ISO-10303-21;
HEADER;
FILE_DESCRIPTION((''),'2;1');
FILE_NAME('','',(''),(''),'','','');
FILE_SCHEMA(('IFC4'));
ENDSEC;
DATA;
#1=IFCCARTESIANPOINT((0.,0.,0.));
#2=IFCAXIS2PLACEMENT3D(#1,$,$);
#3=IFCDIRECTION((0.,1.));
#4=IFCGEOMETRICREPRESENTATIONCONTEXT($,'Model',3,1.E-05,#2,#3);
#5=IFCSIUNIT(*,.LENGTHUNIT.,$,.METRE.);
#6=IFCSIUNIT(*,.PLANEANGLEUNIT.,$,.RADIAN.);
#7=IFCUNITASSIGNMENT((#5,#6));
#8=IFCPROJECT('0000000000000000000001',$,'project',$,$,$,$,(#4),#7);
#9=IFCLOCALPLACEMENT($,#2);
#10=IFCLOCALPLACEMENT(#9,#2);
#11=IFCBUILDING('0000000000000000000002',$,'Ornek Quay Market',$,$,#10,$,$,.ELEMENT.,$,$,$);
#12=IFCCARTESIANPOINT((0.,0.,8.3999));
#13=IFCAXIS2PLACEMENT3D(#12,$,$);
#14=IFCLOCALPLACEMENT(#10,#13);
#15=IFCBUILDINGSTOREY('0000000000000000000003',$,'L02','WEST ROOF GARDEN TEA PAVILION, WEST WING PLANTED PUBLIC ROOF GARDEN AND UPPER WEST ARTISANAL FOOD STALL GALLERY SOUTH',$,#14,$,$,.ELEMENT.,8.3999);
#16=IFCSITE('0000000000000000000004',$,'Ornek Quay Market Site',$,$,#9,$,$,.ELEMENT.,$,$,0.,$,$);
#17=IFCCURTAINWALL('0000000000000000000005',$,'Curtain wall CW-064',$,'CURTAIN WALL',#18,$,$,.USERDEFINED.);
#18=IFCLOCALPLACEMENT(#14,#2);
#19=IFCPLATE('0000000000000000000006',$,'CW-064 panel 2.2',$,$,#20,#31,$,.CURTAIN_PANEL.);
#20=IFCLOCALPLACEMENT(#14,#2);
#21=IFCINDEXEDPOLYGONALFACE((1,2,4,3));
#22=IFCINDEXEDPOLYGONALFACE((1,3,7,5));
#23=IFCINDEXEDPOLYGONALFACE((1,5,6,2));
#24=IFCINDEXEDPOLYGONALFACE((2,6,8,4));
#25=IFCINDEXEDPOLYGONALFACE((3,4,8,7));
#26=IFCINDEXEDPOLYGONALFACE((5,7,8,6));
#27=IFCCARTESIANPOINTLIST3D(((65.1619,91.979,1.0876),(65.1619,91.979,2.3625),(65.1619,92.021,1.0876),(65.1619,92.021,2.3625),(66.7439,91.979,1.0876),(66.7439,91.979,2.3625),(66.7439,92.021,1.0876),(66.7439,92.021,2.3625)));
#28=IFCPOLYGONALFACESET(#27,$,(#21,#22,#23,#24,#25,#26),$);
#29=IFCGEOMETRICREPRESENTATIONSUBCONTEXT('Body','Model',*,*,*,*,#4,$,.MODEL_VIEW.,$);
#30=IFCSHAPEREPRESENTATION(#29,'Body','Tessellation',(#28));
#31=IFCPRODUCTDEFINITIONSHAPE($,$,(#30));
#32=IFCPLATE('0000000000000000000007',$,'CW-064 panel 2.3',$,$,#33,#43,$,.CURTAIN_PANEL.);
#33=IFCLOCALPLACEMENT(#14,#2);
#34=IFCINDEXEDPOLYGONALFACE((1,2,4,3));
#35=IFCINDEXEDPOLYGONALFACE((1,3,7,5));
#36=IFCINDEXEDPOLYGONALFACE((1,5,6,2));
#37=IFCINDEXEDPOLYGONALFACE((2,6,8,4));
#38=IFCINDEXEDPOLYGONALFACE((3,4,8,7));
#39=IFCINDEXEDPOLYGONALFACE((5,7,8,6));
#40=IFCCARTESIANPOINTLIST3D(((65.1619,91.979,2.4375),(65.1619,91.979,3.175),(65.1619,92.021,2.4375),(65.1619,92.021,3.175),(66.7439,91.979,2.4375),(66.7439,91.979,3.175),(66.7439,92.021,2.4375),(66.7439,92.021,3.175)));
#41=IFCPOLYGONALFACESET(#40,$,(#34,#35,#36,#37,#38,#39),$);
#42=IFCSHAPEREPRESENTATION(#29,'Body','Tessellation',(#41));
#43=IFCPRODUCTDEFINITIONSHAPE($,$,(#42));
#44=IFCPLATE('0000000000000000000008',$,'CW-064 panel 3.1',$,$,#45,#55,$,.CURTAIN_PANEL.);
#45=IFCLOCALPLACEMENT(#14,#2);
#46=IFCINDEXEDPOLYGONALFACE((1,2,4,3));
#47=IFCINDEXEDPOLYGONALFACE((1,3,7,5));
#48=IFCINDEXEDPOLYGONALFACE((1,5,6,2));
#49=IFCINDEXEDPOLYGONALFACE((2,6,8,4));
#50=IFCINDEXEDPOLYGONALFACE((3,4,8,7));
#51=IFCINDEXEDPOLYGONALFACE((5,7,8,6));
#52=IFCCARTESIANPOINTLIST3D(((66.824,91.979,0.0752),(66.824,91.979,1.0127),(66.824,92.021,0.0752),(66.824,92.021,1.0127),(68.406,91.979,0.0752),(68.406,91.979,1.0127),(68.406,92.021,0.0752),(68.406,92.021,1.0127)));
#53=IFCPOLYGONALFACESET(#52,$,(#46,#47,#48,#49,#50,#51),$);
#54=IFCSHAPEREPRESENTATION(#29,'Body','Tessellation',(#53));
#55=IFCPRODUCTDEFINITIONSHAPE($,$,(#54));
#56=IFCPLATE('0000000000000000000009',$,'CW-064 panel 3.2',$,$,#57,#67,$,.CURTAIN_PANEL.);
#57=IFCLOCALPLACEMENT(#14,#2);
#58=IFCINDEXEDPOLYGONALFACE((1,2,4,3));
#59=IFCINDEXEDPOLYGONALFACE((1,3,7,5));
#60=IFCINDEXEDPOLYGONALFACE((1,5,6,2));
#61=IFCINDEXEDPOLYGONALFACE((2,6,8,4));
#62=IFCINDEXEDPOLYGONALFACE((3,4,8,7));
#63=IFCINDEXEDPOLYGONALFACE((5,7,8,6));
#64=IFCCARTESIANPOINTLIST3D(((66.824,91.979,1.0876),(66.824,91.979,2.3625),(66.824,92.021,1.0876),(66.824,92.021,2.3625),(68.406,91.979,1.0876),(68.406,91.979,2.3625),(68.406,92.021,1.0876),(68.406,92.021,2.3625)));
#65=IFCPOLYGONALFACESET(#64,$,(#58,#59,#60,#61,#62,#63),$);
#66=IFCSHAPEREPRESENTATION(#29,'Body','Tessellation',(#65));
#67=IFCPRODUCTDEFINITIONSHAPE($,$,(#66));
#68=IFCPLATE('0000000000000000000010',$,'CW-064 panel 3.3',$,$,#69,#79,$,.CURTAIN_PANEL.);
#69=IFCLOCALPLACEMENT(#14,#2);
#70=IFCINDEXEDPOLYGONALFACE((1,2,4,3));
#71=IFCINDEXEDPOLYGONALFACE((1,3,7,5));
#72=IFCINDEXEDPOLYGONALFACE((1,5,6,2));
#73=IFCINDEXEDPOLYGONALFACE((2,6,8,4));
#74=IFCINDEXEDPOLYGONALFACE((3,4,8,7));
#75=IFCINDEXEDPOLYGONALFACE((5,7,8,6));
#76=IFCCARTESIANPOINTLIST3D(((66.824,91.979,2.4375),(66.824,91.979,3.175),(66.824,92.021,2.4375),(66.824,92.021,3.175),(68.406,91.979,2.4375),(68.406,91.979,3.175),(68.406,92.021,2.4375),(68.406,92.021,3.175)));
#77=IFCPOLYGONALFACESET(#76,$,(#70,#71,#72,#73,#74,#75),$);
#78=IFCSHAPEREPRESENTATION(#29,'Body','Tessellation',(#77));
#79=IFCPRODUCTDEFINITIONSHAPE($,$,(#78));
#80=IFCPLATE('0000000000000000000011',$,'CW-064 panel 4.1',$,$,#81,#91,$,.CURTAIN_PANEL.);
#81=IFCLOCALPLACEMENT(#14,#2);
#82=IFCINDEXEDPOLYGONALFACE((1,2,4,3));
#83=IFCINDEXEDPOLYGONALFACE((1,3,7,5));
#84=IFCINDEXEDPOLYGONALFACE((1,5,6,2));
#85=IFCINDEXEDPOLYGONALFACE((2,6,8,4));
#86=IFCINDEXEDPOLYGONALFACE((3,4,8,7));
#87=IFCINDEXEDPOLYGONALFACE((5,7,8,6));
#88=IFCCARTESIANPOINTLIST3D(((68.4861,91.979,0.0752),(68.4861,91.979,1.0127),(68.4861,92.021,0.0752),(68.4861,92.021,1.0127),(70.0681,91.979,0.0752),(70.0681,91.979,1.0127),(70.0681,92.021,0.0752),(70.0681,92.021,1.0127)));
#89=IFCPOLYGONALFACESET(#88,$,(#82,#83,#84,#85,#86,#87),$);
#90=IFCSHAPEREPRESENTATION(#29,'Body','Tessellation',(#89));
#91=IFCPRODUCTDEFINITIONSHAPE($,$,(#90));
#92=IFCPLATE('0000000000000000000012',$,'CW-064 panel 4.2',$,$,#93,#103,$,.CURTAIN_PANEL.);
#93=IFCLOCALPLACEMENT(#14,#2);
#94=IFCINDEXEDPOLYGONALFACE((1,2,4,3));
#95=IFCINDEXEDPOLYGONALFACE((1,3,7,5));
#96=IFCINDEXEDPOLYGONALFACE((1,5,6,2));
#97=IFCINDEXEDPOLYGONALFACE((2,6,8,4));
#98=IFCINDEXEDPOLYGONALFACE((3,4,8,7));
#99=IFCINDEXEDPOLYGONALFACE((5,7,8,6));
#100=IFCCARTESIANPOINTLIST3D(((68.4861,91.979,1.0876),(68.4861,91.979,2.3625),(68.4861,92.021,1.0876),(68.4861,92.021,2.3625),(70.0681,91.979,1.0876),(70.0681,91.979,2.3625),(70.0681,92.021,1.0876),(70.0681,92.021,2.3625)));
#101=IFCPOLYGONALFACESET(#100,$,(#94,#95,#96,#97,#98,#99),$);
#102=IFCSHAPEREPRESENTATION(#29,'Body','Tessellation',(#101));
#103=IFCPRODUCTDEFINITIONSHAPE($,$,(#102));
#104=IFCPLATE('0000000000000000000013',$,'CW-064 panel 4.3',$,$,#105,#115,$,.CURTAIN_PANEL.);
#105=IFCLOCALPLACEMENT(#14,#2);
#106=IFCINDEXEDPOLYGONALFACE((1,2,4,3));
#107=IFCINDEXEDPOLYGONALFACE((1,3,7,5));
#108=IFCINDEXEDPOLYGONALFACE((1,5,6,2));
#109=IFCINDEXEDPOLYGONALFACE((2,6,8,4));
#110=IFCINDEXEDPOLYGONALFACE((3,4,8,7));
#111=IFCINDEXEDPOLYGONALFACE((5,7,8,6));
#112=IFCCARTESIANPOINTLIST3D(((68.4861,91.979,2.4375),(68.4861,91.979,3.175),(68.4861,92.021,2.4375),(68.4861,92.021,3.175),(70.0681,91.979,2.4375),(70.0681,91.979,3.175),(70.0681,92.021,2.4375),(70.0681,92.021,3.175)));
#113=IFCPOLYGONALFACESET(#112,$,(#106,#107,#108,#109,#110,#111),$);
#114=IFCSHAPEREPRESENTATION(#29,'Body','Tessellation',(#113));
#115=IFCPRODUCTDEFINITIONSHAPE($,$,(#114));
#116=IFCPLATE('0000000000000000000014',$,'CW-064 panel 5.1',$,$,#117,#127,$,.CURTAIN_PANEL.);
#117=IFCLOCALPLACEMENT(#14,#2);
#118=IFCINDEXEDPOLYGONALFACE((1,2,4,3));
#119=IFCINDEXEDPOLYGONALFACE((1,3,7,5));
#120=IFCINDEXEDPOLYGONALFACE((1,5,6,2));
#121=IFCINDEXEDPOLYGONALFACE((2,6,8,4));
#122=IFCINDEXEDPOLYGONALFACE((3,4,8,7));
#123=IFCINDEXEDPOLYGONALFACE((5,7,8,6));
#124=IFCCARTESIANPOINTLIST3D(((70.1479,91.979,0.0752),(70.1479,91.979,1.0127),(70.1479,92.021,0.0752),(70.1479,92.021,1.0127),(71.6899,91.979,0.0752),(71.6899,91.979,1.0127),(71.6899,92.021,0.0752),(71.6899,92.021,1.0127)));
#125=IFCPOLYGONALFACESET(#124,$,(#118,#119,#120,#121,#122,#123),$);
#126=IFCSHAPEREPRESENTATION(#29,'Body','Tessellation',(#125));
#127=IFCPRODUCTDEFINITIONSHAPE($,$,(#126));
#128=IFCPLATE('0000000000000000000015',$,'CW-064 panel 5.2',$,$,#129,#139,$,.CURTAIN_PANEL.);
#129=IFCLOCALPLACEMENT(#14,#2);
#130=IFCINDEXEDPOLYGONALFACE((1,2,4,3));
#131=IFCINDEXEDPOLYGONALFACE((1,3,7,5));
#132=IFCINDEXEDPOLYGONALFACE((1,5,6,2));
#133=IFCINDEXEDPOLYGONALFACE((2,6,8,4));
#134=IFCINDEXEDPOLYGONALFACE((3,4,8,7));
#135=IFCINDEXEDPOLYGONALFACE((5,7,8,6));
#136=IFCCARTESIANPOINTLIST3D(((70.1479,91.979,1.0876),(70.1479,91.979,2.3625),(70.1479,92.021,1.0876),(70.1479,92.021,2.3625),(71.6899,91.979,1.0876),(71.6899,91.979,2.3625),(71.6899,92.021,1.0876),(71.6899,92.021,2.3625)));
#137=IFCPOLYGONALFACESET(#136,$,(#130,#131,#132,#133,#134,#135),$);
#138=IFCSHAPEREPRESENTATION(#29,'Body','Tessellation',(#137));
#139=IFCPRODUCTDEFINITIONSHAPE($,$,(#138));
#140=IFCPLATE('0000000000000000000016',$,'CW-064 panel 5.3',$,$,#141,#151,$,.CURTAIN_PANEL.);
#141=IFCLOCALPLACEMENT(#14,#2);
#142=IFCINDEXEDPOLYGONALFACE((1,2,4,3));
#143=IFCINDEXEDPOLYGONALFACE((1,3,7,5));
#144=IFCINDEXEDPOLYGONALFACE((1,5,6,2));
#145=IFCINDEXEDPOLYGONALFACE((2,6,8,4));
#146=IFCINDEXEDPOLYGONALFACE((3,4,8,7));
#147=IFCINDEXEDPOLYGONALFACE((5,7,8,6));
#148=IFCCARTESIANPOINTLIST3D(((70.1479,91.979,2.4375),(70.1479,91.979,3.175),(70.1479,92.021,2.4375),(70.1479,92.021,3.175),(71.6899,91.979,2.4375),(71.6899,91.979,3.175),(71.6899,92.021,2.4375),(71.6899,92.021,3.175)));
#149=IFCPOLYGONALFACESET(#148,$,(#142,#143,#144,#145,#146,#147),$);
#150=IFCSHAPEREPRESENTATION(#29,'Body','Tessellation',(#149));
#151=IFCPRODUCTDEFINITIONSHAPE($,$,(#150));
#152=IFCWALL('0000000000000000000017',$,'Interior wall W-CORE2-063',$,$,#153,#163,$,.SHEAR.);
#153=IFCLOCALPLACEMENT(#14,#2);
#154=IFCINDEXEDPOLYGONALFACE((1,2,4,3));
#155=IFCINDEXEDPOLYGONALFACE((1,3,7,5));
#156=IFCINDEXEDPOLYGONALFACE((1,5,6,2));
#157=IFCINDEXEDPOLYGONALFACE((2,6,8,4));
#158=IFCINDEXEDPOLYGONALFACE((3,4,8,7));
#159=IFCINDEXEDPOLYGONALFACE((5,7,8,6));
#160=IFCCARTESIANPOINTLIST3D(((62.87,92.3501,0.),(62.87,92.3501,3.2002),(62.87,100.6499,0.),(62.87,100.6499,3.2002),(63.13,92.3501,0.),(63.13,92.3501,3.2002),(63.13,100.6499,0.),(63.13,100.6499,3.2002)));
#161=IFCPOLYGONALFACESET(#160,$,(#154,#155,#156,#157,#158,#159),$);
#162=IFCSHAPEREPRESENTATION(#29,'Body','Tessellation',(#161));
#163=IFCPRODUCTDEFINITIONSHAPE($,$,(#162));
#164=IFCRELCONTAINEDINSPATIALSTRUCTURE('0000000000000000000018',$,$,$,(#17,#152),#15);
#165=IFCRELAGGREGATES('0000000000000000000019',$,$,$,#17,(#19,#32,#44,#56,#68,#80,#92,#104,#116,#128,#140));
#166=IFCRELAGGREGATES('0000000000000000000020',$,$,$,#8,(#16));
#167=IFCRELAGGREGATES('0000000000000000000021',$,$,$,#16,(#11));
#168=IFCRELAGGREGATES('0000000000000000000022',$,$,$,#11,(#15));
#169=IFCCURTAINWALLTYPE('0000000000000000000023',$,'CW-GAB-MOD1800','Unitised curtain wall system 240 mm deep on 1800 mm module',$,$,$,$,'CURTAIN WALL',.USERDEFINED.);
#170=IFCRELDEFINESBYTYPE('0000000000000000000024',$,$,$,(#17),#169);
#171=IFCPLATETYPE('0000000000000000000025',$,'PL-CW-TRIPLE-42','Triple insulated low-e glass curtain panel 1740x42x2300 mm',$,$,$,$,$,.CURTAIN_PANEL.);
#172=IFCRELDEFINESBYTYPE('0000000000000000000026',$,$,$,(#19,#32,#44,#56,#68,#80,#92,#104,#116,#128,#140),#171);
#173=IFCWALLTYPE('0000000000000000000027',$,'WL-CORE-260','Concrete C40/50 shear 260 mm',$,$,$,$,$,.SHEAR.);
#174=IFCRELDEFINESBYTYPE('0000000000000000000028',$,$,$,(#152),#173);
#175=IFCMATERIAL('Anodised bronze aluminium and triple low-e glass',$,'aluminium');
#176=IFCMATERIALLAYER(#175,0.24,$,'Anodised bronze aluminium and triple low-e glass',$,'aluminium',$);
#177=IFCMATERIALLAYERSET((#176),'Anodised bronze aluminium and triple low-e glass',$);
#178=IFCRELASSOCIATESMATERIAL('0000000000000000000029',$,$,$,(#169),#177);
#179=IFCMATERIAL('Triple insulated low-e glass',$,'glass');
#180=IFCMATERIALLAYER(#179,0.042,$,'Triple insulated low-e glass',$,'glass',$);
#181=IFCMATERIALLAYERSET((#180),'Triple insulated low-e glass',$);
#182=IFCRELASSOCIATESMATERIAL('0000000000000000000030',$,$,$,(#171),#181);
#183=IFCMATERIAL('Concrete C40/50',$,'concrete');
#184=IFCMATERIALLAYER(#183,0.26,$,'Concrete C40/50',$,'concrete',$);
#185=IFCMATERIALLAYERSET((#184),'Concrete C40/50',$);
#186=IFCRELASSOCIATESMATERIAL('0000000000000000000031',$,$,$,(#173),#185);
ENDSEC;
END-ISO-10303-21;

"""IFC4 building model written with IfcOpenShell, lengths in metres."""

from ifc_helpers import new_model, si_unit, direction, frame, frame_2d, origin, origin_2d, place, context, subcontext, project, spatial, rectangle, extrude, material, layer, layer_set, type_object, element, aggregate, save


model = new_model("IFC4")

# Units and contexts
model_context = context("Model", 3, precision=1e-05, world=origin(), true_north=direction((0.0, 1.0)))
body_context = subcontext(model_context, "Body", "Model", "MODEL_VIEW")
ifc_project = project(units=[si_unit("LENGTHUNIT", "METRE"), si_unit("PLANEANGLEUNIT", "RADIAN")], contexts=[model_context])

# Site, building, storey
site_placement = place(None, origin())
site = spatial("IfcSite", under=ifc_project, at=site_placement, Name="Ornek Quay Market Site", CompositionType="ELEMENT", RefElevation=0.0)
building_placement = place(site_placement, origin())
building = spatial("IfcBuilding", under=site, at=building_placement, Name="Ornek Quay Market", CompositionType="ELEMENT")
storey_placement = place(building_placement, frame((0.0, 0.0, 8.3999)))
storey = spatial("IfcBuildingStorey", under=building, at=storey_placement, Name="L02", Description="WEST ROOF GARDEN TEA PAVILION, WEST WING PLANTED PUBLIC ROOF GARDEN AND UPPER WEST ARTISANAL FOOD STALL GALLERY SOUTH", CompositionType="ELEMENT", Elevation=8.3999)

# Shared definitions
ifc_material_1 = material(Name="Concrete C40/50", Category="concrete")

# Curtain wall, plates
ifc_material_2 = material(Name="Anodised bronze aluminium and triple low-e glass", Category="aluminium")
ifc_layer_1 = layer(ifc_material_2, 0.24, Name="Anodised bronze aluminium and triple low-e glass", Category="aluminium")
ifc_layer_set_1 = layer_set([ifc_layer_1], Name="Anodised bronze aluminium and triple low-e glass")
curtain_wall_type = type_object("IfcCurtainWallType", Name="CW-GAB-MOD1800", Description="Unitised curtain wall system 240 mm deep on 1800 mm module", ElementType="CURTAIN WALL", PredefinedType="USERDEFINED", material=ifc_layer_set_1)
curtain_wall_placement = place(storey_placement, origin())
curtain_wall = element("IfcCurtainWall", 1, at=curtain_wall_placement, inside=storey, type_object=curtain_wall_type, Name="Curtain wall CW-064", ObjectType="CURTAIN WALL", PredefinedType="USERDEFINED")
ifc_material_3 = material(Name="Triple insulated low-e glass", Category="glass")
ifc_layer_2 = layer(ifc_material_3, 0.042, Name="Triple insulated low-e glass", Category="glass")
ifc_layer_set_2 = layer_set([ifc_layer_2], Name="Triple insulated low-e glass")
plate_type = type_object("IfcPlateType", Name="PL-CW-TRIPLE-42", Description="Triple insulated low-e glass curtain panel 1740x42x2300 mm", PredefinedType="CURTAIN_PANEL", material=ifc_layer_set_2)
plate_1_placement = place(storey_placement, frame((65.9529, 92.0, 1.0876), z_axis=(0.0, 0.0, 1.0), x_axis=(1.0, 0.0, 0.0)))
plate_1 = element("IfcPlate", 2, at=plate_1_placement, type_object=plate_type, Name="CW-064 panel 2.2", PredefinedType="CURTAIN_PANEL", context=body_context, shape_type="SweptSolid", body=[
    extrude(rectangle(XDim=1.582, YDim=0.042, at=origin_2d()), origin(), (0.0, 0.0, 1.0), 1.2749),
])
plate_2_placement = place(storey_placement, frame((65.9529, 92.0, 2.4375), z_axis=(0.0, 0.0, 1.0), x_axis=(1.0, 0.0, 0.0)))
plate_2 = element("IfcPlate", 3, at=plate_2_placement, type_object=plate_type, Name="CW-064 panel 2.3", PredefinedType="CURTAIN_PANEL", context=body_context, shape_type="SweptSolid", body=[
    extrude(rectangle(XDim=1.582, YDim=0.042, at=origin_2d()), origin(), (0.0, 0.0, 1.0), 0.7375),
])
plate_3_placement = place(storey_placement, frame((67.615, 92.0, 0.0752), z_axis=(0.0, 0.0, 1.0), x_axis=(1.0, 0.0, 0.0)))
plate_3 = element("IfcPlate", 4, at=plate_3_placement, type_object=plate_type, Name="CW-064 panel 3.1", PredefinedType="CURTAIN_PANEL", context=body_context, shape_type="SweptSolid", body=[
    extrude(rectangle(XDim=1.582, YDim=0.042, at=origin_2d()), origin(), (0.0, 0.0, 1.0), 0.9375),
])
plate_4_placement = place(storey_placement, frame((67.615, 92.0, 1.0876), z_axis=(0.0, 0.0, 1.0), x_axis=(1.0, 0.0, 0.0)))
plate_4 = element("IfcPlate", 5, at=plate_4_placement, type_object=plate_type, Name="CW-064 panel 3.2", PredefinedType="CURTAIN_PANEL", context=body_context, shape_type="SweptSolid", body=[
    extrude(rectangle(XDim=1.582, YDim=0.042, at=origin_2d()), origin(), (0.0, 0.0, 1.0), 1.2749),
])
plate_5_placement = place(storey_placement, frame((67.615, 92.0, 2.4375), z_axis=(0.0, 0.0, 1.0), x_axis=(1.0, 0.0, 0.0)))
plate_5 = element("IfcPlate", 6, at=plate_5_placement, type_object=plate_type, Name="CW-064 panel 3.3", PredefinedType="CURTAIN_PANEL", context=body_context, shape_type="SweptSolid", body=[
    extrude(rectangle(XDim=1.582, YDim=0.042, at=origin_2d()), origin(), (0.0, 0.0, 1.0), 0.7375),
])
plate_6_placement = place(storey_placement, frame((69.2771, 92.0, 0.0752), z_axis=(0.0, 0.0, 1.0), x_axis=(1.0, 0.0, 0.0)))
plate_6 = element("IfcPlate", 7, at=plate_6_placement, type_object=plate_type, Name="CW-064 panel 4.1", PredefinedType="CURTAIN_PANEL", context=body_context, shape_type="SweptSolid", body=[
    extrude(rectangle(XDim=1.582, YDim=0.042, at=origin_2d()), origin(), (0.0, 0.0, 1.0), 0.9375),
])
plate_7_placement = place(storey_placement, frame((69.2771, 92.0, 1.0876), z_axis=(0.0, 0.0, 1.0), x_axis=(1.0, 0.0, 0.0)))
plate_7 = element("IfcPlate", 8, at=plate_7_placement, type_object=plate_type, Name="CW-064 panel 4.2", PredefinedType="CURTAIN_PANEL", context=body_context, shape_type="SweptSolid", body=[
    extrude(rectangle(XDim=1.582, YDim=0.042, at=origin_2d()), origin(), (0.0, 0.0, 1.0), 1.2749),
])
plate_8_placement = place(storey_placement, frame((69.2771, 92.0, 2.4375), z_axis=(0.0, 0.0, 1.0), x_axis=(1.0, 0.0, 0.0)))
plate_8 = element("IfcPlate", 9, at=plate_8_placement, type_object=plate_type, Name="CW-064 panel 4.3", PredefinedType="CURTAIN_PANEL", context=body_context, shape_type="SweptSolid", body=[
    extrude(rectangle(XDim=1.582, YDim=0.042, at=origin_2d()), origin(), (0.0, 0.0, 1.0), 0.7375),
])
plate_9_placement = place(storey_placement, frame((70.9189, 92.0, 0.0752), z_axis=(0.0, 0.0, 1.0), x_axis=(1.0, 0.0, 0.0)))
plate_9 = element("IfcPlate", 10, at=plate_9_placement, type_object=plate_type, Name="CW-064 panel 5.1", PredefinedType="CURTAIN_PANEL", context=body_context, shape_type="SweptSolid", body=[
    extrude(rectangle(XDim=1.542, YDim=0.042, at=origin_2d()), origin(), (0.0, 0.0, 1.0), 0.9375),
])
plate_10_placement = place(storey_placement, frame((70.9189, 92.0, 1.0876), z_axis=(0.0, 0.0, 1.0), x_axis=(1.0, 0.0, 0.0)))
plate_10 = element("IfcPlate", 11, at=plate_10_placement, type_object=plate_type, Name="CW-064 panel 5.2", PredefinedType="CURTAIN_PANEL", context=body_context, shape_type="SweptSolid", body=[
    extrude(rectangle(XDim=1.542, YDim=0.042, at=origin_2d()), origin(), (0.0, 0.0, 1.0), 1.2749),
])
plate_11_placement = place(storey_placement, frame((70.9189, 92.0, 2.4375), z_axis=(0.0, 0.0, 1.0), x_axis=(1.0, 0.0, 0.0)))
plate_11 = element("IfcPlate", 12, at=plate_11_placement, type_object=plate_type, Name="CW-064 panel 5.3", PredefinedType="CURTAIN_PANEL", context=body_context, shape_type="SweptSolid", body=[
    extrude(rectangle(XDim=1.542, YDim=0.042, at=origin_2d()), origin(), (0.0, 0.0, 1.0), 0.7375),
])
aggregate(curtain_wall, [plate_1, plate_2, plate_3, plate_4, plate_5, plate_6, plate_7, plate_8, plate_9, plate_10, plate_11])

# Wall
ifc_layer_3 = layer(ifc_material_1, 0.26, Name="Concrete C40/50", Category="concrete")
ifc_layer_set_3 = layer_set([ifc_layer_3], Name="Concrete C40/50")
wall_type = type_object("IfcWallType", Name="WL-CORE-260", Description="Concrete C40/50 shear 260 mm", PredefinedType="SHEAR", material=ifc_layer_set_3)
wall_placement = place(storey_placement, frame((63.0, 92.3501, 0.0), z_axis=(0.0, 0.0, 1.0), x_axis=(0.0, 1.0, 0.0)))
element("IfcWall", 13, at=wall_placement, inside=storey, type_object=wall_type, Name="Interior wall W-CORE2-063", PredefinedType="SHEAR", context=body_context, shape_type="SweptSolid", body=[
    extrude(rectangle(XDim=8.2998, YDim=0.26, at=frame_2d((4.1499, 0.0))), origin(), (0.0, 0.0, 1.0), 3.2002),
])

save(model, "model.ifc")
